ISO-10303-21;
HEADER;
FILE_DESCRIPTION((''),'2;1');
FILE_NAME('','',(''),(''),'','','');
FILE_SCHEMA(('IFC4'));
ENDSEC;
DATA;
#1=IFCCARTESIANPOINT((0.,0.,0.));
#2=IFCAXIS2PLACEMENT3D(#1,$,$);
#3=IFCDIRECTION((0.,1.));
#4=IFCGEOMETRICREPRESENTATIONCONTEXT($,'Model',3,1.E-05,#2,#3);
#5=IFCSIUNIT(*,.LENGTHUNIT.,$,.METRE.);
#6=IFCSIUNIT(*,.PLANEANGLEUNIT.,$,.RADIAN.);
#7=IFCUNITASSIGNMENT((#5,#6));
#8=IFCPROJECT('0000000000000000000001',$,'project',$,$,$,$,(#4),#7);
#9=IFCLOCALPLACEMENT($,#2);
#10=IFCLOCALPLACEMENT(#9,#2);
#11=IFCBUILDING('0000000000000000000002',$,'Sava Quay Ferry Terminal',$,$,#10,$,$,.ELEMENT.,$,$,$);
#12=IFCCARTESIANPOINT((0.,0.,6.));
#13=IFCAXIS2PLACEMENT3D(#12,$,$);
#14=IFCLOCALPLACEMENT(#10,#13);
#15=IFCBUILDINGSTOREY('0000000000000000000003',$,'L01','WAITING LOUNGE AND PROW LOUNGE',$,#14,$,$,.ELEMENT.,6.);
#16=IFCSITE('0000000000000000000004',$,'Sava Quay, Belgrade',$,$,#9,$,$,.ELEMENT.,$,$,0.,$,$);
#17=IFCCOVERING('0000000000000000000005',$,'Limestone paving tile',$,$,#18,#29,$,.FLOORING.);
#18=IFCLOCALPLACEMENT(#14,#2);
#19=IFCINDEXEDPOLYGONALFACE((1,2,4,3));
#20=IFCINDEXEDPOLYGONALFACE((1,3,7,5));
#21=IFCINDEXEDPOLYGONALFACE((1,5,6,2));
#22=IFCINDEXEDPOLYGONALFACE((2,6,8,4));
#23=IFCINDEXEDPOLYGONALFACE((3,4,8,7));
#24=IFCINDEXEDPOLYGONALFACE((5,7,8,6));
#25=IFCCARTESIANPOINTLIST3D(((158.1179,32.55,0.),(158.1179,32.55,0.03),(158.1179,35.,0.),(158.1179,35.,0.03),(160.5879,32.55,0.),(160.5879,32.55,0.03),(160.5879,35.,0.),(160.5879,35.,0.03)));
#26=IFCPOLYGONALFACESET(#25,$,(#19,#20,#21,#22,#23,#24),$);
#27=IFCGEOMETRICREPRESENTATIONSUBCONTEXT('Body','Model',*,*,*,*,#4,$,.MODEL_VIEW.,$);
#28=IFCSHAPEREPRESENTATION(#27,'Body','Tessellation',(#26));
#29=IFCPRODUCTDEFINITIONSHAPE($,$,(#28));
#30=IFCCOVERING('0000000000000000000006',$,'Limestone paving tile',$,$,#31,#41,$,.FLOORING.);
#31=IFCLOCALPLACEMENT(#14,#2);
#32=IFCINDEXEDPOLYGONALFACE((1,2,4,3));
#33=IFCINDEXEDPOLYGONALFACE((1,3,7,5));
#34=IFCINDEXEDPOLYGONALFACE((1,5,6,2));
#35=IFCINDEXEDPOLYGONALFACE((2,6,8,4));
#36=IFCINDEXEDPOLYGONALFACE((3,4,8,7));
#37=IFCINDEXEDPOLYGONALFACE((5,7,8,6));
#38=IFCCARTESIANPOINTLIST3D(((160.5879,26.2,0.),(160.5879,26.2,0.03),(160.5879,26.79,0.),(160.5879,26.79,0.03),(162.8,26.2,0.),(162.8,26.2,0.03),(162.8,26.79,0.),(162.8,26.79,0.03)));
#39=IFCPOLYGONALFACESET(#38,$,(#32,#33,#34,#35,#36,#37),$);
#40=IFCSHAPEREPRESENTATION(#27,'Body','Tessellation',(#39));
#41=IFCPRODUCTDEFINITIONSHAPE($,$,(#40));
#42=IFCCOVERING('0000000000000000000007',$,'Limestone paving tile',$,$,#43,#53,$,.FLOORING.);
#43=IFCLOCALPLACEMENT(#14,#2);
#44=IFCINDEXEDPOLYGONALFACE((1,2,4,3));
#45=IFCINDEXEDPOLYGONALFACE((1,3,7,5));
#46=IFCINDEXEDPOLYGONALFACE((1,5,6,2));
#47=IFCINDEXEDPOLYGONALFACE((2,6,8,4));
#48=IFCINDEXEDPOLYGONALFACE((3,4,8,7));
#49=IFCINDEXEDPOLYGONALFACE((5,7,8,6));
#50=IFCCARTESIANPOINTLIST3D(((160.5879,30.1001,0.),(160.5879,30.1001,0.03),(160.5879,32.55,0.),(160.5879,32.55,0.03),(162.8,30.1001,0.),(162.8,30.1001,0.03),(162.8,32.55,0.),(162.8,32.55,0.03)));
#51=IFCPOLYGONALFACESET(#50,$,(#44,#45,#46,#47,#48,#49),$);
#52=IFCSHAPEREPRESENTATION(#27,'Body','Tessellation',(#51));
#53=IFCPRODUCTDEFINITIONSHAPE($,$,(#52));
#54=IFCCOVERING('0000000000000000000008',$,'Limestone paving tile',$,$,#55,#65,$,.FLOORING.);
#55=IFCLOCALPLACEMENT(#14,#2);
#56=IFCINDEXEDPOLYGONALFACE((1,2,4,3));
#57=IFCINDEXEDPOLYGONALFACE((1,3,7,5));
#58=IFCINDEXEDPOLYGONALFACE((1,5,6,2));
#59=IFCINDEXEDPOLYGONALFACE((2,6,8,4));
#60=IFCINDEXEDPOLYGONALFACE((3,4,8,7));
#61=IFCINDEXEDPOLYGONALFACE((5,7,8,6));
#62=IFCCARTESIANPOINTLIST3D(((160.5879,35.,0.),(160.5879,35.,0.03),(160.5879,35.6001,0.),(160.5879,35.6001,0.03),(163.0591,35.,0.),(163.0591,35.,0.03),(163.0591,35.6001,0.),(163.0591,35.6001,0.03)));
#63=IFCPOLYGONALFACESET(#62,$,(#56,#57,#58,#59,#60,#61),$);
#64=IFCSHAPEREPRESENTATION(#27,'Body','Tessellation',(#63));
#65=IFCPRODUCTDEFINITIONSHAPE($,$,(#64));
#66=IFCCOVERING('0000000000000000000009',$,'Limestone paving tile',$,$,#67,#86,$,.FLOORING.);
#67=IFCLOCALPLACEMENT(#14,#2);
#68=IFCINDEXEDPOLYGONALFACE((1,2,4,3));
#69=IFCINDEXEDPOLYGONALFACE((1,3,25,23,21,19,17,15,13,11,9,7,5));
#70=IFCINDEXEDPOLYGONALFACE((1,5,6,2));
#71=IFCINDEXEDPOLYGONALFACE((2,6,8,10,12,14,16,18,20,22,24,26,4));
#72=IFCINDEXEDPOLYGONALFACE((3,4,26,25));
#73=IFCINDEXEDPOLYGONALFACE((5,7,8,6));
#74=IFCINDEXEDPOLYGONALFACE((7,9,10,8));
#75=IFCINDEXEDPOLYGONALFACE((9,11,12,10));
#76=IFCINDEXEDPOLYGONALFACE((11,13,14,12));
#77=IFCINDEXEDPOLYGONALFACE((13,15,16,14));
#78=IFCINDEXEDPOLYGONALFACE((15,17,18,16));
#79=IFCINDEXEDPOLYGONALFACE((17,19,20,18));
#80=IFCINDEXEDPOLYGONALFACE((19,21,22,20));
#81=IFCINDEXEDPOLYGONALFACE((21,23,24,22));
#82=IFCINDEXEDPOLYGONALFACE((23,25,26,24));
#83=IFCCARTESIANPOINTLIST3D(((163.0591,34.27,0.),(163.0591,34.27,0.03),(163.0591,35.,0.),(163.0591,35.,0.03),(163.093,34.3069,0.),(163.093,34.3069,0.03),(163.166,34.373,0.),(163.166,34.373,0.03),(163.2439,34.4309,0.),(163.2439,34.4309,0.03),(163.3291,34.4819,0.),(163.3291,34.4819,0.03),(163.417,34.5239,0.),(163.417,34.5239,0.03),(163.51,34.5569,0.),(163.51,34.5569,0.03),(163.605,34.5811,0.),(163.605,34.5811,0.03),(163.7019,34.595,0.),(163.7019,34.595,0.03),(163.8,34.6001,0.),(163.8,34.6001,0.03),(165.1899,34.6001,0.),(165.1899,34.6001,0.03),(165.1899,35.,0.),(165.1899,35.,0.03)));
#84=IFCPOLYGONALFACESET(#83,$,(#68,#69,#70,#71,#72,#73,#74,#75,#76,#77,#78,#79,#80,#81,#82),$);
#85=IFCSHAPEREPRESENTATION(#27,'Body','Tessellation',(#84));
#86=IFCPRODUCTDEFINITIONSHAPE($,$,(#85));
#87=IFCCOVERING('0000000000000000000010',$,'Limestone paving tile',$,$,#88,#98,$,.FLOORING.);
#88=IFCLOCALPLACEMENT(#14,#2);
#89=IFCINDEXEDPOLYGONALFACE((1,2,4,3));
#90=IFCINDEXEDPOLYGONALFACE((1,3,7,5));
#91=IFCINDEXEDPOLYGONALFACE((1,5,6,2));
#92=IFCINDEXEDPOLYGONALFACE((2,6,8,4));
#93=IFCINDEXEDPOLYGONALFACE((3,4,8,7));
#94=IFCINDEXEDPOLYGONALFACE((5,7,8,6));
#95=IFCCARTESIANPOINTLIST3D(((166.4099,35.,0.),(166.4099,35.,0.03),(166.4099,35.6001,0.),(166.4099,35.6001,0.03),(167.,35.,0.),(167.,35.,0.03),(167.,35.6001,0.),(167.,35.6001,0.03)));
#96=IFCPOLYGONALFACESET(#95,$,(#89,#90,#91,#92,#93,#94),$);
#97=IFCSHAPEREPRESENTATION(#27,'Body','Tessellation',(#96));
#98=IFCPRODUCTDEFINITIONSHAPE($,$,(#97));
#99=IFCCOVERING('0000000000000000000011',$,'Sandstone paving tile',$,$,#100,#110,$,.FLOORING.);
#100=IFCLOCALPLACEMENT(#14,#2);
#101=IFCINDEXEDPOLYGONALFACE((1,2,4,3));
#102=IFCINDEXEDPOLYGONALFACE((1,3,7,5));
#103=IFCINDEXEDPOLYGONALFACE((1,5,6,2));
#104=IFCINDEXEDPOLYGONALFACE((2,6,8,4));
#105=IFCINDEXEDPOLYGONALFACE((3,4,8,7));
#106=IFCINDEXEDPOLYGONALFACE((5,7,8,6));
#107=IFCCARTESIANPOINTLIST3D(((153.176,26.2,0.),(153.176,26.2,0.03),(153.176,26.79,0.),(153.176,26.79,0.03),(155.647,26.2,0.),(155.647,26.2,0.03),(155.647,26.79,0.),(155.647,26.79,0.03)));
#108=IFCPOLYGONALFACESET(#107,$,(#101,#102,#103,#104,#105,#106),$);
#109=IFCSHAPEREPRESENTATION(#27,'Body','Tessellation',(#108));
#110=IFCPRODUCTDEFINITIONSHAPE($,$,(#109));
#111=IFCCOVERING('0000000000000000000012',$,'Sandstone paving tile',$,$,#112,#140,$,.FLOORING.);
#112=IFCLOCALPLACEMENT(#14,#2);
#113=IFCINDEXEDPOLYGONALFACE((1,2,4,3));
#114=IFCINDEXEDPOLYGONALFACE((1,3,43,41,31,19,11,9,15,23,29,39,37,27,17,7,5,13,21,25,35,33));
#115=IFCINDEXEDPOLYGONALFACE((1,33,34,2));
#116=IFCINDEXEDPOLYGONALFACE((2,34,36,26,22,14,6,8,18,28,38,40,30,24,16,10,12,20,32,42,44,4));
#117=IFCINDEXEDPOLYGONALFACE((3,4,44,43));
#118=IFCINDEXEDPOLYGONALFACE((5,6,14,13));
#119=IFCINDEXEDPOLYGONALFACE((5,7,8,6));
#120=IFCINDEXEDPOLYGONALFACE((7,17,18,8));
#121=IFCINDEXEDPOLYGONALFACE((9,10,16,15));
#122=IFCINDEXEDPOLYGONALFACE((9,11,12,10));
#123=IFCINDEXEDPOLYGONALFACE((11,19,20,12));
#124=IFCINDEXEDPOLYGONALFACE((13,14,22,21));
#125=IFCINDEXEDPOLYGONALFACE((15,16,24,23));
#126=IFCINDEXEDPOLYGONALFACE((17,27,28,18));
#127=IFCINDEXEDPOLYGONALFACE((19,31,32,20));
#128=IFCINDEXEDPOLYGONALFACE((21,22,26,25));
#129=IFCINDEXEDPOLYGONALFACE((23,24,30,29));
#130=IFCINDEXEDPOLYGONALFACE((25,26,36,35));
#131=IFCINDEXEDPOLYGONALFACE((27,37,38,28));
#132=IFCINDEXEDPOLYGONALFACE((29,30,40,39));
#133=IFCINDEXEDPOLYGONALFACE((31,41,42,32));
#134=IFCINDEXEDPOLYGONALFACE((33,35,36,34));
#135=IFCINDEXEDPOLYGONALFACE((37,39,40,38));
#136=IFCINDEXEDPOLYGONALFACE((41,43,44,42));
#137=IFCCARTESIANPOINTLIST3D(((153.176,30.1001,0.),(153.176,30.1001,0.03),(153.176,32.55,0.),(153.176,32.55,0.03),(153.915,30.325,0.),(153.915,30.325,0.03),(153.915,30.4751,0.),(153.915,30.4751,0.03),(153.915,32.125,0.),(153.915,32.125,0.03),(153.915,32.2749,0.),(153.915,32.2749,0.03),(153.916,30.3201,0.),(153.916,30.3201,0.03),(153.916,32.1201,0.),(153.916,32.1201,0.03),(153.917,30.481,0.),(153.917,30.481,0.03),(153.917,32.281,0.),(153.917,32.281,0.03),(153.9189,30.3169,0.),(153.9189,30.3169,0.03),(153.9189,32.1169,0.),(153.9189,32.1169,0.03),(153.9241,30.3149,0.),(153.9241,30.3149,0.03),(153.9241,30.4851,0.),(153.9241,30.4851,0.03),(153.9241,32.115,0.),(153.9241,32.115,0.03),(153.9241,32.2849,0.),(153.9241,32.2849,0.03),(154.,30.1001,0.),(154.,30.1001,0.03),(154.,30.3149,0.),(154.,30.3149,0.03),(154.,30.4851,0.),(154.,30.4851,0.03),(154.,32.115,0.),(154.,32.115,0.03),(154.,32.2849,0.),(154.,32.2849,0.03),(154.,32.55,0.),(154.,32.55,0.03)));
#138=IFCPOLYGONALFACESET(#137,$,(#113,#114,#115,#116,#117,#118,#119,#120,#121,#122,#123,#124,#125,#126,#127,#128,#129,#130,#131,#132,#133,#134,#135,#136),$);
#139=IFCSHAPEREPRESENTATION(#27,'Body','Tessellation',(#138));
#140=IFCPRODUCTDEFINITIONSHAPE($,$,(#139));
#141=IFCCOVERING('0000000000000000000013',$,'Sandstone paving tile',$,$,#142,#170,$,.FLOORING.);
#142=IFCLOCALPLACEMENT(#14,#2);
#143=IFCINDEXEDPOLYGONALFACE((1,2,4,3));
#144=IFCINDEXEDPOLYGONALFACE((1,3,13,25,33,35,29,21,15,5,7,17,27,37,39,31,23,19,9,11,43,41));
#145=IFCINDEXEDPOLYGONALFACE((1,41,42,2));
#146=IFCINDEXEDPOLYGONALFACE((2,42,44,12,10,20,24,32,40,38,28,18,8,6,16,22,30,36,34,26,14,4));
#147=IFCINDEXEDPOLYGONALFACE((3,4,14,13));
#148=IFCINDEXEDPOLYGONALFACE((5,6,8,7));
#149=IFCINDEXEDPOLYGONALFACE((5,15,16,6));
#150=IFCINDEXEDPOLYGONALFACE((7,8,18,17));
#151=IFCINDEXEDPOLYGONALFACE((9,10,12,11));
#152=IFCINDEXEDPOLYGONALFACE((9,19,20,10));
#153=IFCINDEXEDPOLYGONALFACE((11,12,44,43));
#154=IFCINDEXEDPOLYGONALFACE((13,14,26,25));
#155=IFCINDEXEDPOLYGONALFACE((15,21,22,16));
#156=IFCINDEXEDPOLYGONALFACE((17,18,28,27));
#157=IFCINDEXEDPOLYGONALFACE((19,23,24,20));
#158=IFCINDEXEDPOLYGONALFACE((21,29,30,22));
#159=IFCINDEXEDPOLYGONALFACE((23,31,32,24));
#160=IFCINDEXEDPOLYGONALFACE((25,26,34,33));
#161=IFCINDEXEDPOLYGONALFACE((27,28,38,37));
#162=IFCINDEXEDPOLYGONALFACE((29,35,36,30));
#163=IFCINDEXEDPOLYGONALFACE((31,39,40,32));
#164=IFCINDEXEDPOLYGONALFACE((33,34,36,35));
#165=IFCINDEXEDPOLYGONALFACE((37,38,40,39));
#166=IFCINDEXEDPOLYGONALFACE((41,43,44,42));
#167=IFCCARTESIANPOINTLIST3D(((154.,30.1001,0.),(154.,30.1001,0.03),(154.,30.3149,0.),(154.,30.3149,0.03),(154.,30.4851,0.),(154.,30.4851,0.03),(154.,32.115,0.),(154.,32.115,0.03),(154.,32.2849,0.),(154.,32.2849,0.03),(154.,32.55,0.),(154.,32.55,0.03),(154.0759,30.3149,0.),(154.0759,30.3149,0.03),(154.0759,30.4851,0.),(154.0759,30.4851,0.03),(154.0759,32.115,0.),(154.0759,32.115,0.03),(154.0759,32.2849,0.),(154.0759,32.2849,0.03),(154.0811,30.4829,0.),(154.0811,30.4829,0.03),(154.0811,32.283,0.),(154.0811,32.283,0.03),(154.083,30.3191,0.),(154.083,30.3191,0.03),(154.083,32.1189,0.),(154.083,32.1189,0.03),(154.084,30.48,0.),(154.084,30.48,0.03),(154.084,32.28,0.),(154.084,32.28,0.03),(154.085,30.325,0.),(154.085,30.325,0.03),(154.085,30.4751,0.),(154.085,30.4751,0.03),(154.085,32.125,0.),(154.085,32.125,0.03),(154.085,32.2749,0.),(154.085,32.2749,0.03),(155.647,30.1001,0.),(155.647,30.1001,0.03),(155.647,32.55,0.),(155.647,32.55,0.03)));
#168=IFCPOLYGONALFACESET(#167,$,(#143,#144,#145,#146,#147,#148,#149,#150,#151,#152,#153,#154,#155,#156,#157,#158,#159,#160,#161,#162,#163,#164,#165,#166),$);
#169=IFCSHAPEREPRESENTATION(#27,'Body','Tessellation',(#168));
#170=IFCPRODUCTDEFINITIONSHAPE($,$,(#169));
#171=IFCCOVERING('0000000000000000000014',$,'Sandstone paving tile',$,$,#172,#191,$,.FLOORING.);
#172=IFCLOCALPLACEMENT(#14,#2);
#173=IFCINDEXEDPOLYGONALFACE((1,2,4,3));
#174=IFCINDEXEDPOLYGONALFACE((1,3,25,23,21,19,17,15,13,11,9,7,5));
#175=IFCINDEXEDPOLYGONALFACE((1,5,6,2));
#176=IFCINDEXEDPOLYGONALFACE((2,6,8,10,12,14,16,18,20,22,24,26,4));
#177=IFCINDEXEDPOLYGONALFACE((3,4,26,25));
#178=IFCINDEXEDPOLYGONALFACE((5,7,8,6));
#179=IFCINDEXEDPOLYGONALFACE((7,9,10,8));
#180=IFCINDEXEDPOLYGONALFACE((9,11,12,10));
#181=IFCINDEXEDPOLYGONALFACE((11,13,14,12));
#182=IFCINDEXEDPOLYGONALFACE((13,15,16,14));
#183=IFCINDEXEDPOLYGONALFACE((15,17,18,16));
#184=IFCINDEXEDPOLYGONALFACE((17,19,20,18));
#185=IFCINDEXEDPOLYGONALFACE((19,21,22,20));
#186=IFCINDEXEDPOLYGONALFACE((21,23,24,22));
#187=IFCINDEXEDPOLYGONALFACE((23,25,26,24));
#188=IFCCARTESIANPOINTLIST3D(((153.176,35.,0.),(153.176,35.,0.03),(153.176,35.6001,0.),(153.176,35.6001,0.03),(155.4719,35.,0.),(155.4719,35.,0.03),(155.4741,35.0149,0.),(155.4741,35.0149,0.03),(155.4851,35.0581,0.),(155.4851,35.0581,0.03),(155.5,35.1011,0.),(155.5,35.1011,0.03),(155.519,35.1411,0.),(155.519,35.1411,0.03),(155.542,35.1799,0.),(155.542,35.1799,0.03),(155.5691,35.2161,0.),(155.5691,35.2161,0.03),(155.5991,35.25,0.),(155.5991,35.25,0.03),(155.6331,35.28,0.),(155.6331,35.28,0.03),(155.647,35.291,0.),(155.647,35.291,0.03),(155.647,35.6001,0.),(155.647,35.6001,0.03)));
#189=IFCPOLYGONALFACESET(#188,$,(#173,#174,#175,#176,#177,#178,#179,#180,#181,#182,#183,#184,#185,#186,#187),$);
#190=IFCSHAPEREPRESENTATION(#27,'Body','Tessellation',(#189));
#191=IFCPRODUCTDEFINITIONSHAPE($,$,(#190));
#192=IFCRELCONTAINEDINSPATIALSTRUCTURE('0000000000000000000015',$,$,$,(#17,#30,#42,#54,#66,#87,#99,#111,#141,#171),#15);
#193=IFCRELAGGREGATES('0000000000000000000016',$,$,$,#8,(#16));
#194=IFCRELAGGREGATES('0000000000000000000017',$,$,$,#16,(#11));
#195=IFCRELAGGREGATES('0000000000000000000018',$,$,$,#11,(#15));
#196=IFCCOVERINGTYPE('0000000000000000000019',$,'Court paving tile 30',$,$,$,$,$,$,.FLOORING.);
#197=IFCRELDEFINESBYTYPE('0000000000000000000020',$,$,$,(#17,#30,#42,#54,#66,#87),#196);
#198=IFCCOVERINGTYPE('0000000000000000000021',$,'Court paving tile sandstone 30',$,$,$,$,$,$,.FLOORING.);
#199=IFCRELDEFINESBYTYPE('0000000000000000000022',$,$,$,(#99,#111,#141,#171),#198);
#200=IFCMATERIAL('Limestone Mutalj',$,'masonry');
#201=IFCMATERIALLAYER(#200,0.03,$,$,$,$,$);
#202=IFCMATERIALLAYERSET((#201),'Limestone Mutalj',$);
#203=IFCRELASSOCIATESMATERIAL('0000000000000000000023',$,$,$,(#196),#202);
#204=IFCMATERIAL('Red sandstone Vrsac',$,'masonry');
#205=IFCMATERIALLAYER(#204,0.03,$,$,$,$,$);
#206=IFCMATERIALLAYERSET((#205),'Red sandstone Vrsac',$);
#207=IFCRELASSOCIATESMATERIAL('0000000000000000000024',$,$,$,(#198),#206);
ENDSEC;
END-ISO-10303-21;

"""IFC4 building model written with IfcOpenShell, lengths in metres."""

from ifc_helpers import new_model, si_unit, direction, frame, origin, place, context, subcontext, project, spatial, polyline, outline, extrude, material, layer, layer_set, type_object, element, save


model = new_model("IFC4")

# Units and contexts
model_context = context("Model", 3, precision=1e-05, world=origin(), true_north=direction((0.0, 1.0)))
body_context = subcontext(model_context, "Body", "Model", "MODEL_VIEW")
ifc_project = project(units=[si_unit("LENGTHUNIT", "METRE"), si_unit("PLANEANGLEUNIT", "RADIAN")], contexts=[model_context])

# Site, building, storey
site_placement = place(None, origin())
site = spatial("IfcSite", under=ifc_project, at=site_placement, Name="Sava Quay, Belgrade", CompositionType="ELEMENT", RefElevation=0.0)
building_placement = place(site_placement, origin())
building = spatial("IfcBuilding", under=site, at=building_placement, Name="Sava Quay Ferry Terminal", CompositionType="ELEMENT")
storey_placement = place(building_placement, frame((0.0, 0.0, 6.0)))
storey = spatial("IfcBuildingStorey", under=building, at=storey_placement, Name="L01", Description="WAITING LOUNGE AND PROW LOUNGE", CompositionType="ELEMENT", Elevation=6.0)

# Coverings
ifc_material_1 = material(Name="Limestone Mutalj", Category="masonry")
ifc_layer_1 = layer(ifc_material_1, 0.03)
ifc_layer_set_1 = layer_set([ifc_layer_1], Name="Limestone Mutalj")
covering_type_1 = type_object("IfcCoveringType", Name="Court paving tile 30", PredefinedType="FLOORING", material=ifc_layer_set_1)
covering_1_placement = place(storey_placement, origin())
element("IfcCovering", 1, at=covering_1_placement, inside=storey, type_object=covering_type_1, Name="Limestone paving tile", PredefinedType="FLOORING", context=body_context, shape_type="SweptSolid", body=[
    extrude(outline(polyline([(158.1179, 32.55), (160.5879, 32.55), (160.5879, 35.0), (158.1179, 35.0), (158.1179, 32.55)])), origin(), (0.0, 0.0, 1.0), 0.03),
])
covering_2_placement = place(storey_placement, origin())
element("IfcCovering", 2, at=covering_2_placement, inside=storey, type_object=covering_type_1, Name="Limestone paving tile", PredefinedType="FLOORING", context=body_context, shape_type="SweptSolid", body=[
    extrude(outline(polyline([(160.5879, 26.79), (160.5879, 26.2), (162.8, 26.2), (162.8, 26.79), (160.5879, 26.79)])), origin(), (0.0, 0.0, 1.0), 0.03),
])
covering_3_placement = place(storey_placement, origin())
element("IfcCovering", 3, at=covering_3_placement, inside=storey, type_object=covering_type_1, Name="Limestone paving tile", PredefinedType="FLOORING", context=body_context, shape_type="SweptSolid", body=[
    extrude(outline(polyline([(160.5879, 30.1001), (162.8, 30.1001), (162.8, 32.55), (160.5879, 32.55), (160.5879, 30.1001)])), origin(), (0.0, 0.0, 1.0), 0.03),
])
covering_4_placement = place(storey_placement, origin())
element("IfcCovering", 4, at=covering_4_placement, inside=storey, type_object=covering_type_1, Name="Limestone paving tile", PredefinedType="FLOORING", context=body_context, shape_type="SweptSolid", body=[
    extrude(outline(polyline([(163.0591, 35.0), (163.0591, 35.6001), (160.5879, 35.6001), (160.5879, 35.0), (163.0591, 35.0)])), origin(), (0.0, 0.0, 1.0), 0.03),
])
covering_5_placement = place(storey_placement, origin())
element("IfcCovering", 5, at=covering_5_placement, inside=storey, type_object=covering_type_1, Name="Limestone paving tile", PredefinedType="FLOORING", context=body_context, shape_type="SweptSolid", body=[
    extrude(outline(polyline([(163.0591, 35.0), (163.0591, 34.27), (163.093, 34.3069), (163.166, 34.373), (163.2439, 34.4309), (163.3291, 34.4819), (163.417, 34.5239), (163.51, 34.5569), (163.605, 34.5811), (163.7019, 34.595), (163.8, 34.6001), (165.1899, 34.6001), (165.1899, 35.0), (163.0591, 35.0)])), origin(), (0.0, 0.0, 1.0), 0.03),
])
covering_6_placement = place(storey_placement, origin())
element("IfcCovering", 6, at=covering_6_placement, inside=storey, type_object=covering_type_1, Name="Limestone paving tile", PredefinedType="FLOORING", context=body_context, shape_type="SweptSolid", body=[
    extrude(outline(polyline([(166.4099, 35.0), (167.0, 35.0), (167.0, 35.6001), (166.4099, 35.6001), (166.4099, 35.0)])), origin(), (0.0, 0.0, 1.0), 0.03),
])
ifc_material_2 = material(Name="Red sandstone Vrsac", Category="masonry")
ifc_layer_2 = layer(ifc_material_2, 0.03)
ifc_layer_set_2 = layer_set([ifc_layer_2], Name="Red sandstone Vrsac")
covering_type_2 = type_object("IfcCoveringType", Name="Court paving tile sandstone 30", PredefinedType="FLOORING", material=ifc_layer_set_2)
covering_7_placement = place(storey_placement, origin())
element("IfcCovering", 7, at=covering_7_placement, inside=storey, type_object=covering_type_2, Name="Sandstone paving tile", PredefinedType="FLOORING", context=body_context, shape_type="SweptSolid", body=[
    extrude(outline(polyline([(155.647, 26.2), (155.647, 26.79), (153.176, 26.79), (153.176, 26.2), (155.647, 26.2)])), origin(), (0.0, 0.0, 1.0), 0.03),
])
covering_8_placement = place(storey_placement, origin())
element("IfcCovering", 8, at=covering_8_placement, inside=storey, type_object=covering_type_2, Name="Sandstone paving tile", PredefinedType="FLOORING", context=body_context, shape_type="SweptSolid", body=[
    extrude(outline(polyline([(153.176, 32.55), (153.176, 30.1001), (154.0, 30.1001), (154.0, 30.3149), (153.9241, 30.3149), (153.9189, 30.3169), (153.916, 30.3201), (153.915, 30.325), (153.915, 30.4751), (153.917, 30.481), (153.9241, 30.4851), (154.0, 30.4851), (154.0, 32.115), (153.9241, 32.115), (153.9189, 32.1169), (153.916, 32.1201), (153.915, 32.125), (153.915, 32.2749), (153.917, 32.281), (153.9241, 32.2849), (154.0, 32.2849), (154.0, 32.55), (153.176, 32.55)])), origin(), (0.0, 0.0, 1.0), 0.03),
])
covering_9_placement = place(storey_placement, origin())
element("IfcCovering", 9, at=covering_9_placement, inside=storey, type_object=covering_type_2, Name="Sandstone paving tile", PredefinedType="FLOORING", context=body_context, shape_type="SweptSolid", body=[
    extrude(outline(polyline([(155.647, 32.55), (154.0, 32.55), (154.0, 32.2849), (154.0759, 32.2849), (154.0811, 32.283), (154.084, 32.28), (154.085, 32.2749), (154.085, 32.125), (154.083, 32.1189), (154.0759, 32.115), (154.0, 32.115), (154.0, 30.4851), (154.0759, 30.4851), (154.0811, 30.4829), (154.084, 30.48), (154.085, 30.4751), (154.085, 30.325), (154.083, 30.3191), (154.0759, 30.3149), (154.0, 30.3149), (154.0, 30.1001), (155.647, 30.1001), (155.647, 32.55)])), origin(), (0.0, 0.0, 1.0), 0.03),
])
covering_10_placement = place(storey_placement, origin())
element("IfcCovering", 10, at=covering_10_placement, inside=storey, type_object=covering_type_2, Name="Sandstone paving tile", PredefinedType="FLOORING", context=body_context, shape_type="SweptSolid", body=[
    extrude(outline(polyline([(155.647, 35.291), (155.647, 35.6001), (153.176, 35.6001), (153.176, 35.0), (155.4719, 35.0), (155.4741, 35.0149), (155.4851, 35.0581), (155.5, 35.1011), (155.519, 35.1411), (155.542, 35.1799), (155.5691, 35.2161), (155.5991, 35.25), (155.6331, 35.28), (155.647, 35.291)])), origin(), (0.0, 0.0, 1.0), 0.03),
])

save(model, "model.ifc")
